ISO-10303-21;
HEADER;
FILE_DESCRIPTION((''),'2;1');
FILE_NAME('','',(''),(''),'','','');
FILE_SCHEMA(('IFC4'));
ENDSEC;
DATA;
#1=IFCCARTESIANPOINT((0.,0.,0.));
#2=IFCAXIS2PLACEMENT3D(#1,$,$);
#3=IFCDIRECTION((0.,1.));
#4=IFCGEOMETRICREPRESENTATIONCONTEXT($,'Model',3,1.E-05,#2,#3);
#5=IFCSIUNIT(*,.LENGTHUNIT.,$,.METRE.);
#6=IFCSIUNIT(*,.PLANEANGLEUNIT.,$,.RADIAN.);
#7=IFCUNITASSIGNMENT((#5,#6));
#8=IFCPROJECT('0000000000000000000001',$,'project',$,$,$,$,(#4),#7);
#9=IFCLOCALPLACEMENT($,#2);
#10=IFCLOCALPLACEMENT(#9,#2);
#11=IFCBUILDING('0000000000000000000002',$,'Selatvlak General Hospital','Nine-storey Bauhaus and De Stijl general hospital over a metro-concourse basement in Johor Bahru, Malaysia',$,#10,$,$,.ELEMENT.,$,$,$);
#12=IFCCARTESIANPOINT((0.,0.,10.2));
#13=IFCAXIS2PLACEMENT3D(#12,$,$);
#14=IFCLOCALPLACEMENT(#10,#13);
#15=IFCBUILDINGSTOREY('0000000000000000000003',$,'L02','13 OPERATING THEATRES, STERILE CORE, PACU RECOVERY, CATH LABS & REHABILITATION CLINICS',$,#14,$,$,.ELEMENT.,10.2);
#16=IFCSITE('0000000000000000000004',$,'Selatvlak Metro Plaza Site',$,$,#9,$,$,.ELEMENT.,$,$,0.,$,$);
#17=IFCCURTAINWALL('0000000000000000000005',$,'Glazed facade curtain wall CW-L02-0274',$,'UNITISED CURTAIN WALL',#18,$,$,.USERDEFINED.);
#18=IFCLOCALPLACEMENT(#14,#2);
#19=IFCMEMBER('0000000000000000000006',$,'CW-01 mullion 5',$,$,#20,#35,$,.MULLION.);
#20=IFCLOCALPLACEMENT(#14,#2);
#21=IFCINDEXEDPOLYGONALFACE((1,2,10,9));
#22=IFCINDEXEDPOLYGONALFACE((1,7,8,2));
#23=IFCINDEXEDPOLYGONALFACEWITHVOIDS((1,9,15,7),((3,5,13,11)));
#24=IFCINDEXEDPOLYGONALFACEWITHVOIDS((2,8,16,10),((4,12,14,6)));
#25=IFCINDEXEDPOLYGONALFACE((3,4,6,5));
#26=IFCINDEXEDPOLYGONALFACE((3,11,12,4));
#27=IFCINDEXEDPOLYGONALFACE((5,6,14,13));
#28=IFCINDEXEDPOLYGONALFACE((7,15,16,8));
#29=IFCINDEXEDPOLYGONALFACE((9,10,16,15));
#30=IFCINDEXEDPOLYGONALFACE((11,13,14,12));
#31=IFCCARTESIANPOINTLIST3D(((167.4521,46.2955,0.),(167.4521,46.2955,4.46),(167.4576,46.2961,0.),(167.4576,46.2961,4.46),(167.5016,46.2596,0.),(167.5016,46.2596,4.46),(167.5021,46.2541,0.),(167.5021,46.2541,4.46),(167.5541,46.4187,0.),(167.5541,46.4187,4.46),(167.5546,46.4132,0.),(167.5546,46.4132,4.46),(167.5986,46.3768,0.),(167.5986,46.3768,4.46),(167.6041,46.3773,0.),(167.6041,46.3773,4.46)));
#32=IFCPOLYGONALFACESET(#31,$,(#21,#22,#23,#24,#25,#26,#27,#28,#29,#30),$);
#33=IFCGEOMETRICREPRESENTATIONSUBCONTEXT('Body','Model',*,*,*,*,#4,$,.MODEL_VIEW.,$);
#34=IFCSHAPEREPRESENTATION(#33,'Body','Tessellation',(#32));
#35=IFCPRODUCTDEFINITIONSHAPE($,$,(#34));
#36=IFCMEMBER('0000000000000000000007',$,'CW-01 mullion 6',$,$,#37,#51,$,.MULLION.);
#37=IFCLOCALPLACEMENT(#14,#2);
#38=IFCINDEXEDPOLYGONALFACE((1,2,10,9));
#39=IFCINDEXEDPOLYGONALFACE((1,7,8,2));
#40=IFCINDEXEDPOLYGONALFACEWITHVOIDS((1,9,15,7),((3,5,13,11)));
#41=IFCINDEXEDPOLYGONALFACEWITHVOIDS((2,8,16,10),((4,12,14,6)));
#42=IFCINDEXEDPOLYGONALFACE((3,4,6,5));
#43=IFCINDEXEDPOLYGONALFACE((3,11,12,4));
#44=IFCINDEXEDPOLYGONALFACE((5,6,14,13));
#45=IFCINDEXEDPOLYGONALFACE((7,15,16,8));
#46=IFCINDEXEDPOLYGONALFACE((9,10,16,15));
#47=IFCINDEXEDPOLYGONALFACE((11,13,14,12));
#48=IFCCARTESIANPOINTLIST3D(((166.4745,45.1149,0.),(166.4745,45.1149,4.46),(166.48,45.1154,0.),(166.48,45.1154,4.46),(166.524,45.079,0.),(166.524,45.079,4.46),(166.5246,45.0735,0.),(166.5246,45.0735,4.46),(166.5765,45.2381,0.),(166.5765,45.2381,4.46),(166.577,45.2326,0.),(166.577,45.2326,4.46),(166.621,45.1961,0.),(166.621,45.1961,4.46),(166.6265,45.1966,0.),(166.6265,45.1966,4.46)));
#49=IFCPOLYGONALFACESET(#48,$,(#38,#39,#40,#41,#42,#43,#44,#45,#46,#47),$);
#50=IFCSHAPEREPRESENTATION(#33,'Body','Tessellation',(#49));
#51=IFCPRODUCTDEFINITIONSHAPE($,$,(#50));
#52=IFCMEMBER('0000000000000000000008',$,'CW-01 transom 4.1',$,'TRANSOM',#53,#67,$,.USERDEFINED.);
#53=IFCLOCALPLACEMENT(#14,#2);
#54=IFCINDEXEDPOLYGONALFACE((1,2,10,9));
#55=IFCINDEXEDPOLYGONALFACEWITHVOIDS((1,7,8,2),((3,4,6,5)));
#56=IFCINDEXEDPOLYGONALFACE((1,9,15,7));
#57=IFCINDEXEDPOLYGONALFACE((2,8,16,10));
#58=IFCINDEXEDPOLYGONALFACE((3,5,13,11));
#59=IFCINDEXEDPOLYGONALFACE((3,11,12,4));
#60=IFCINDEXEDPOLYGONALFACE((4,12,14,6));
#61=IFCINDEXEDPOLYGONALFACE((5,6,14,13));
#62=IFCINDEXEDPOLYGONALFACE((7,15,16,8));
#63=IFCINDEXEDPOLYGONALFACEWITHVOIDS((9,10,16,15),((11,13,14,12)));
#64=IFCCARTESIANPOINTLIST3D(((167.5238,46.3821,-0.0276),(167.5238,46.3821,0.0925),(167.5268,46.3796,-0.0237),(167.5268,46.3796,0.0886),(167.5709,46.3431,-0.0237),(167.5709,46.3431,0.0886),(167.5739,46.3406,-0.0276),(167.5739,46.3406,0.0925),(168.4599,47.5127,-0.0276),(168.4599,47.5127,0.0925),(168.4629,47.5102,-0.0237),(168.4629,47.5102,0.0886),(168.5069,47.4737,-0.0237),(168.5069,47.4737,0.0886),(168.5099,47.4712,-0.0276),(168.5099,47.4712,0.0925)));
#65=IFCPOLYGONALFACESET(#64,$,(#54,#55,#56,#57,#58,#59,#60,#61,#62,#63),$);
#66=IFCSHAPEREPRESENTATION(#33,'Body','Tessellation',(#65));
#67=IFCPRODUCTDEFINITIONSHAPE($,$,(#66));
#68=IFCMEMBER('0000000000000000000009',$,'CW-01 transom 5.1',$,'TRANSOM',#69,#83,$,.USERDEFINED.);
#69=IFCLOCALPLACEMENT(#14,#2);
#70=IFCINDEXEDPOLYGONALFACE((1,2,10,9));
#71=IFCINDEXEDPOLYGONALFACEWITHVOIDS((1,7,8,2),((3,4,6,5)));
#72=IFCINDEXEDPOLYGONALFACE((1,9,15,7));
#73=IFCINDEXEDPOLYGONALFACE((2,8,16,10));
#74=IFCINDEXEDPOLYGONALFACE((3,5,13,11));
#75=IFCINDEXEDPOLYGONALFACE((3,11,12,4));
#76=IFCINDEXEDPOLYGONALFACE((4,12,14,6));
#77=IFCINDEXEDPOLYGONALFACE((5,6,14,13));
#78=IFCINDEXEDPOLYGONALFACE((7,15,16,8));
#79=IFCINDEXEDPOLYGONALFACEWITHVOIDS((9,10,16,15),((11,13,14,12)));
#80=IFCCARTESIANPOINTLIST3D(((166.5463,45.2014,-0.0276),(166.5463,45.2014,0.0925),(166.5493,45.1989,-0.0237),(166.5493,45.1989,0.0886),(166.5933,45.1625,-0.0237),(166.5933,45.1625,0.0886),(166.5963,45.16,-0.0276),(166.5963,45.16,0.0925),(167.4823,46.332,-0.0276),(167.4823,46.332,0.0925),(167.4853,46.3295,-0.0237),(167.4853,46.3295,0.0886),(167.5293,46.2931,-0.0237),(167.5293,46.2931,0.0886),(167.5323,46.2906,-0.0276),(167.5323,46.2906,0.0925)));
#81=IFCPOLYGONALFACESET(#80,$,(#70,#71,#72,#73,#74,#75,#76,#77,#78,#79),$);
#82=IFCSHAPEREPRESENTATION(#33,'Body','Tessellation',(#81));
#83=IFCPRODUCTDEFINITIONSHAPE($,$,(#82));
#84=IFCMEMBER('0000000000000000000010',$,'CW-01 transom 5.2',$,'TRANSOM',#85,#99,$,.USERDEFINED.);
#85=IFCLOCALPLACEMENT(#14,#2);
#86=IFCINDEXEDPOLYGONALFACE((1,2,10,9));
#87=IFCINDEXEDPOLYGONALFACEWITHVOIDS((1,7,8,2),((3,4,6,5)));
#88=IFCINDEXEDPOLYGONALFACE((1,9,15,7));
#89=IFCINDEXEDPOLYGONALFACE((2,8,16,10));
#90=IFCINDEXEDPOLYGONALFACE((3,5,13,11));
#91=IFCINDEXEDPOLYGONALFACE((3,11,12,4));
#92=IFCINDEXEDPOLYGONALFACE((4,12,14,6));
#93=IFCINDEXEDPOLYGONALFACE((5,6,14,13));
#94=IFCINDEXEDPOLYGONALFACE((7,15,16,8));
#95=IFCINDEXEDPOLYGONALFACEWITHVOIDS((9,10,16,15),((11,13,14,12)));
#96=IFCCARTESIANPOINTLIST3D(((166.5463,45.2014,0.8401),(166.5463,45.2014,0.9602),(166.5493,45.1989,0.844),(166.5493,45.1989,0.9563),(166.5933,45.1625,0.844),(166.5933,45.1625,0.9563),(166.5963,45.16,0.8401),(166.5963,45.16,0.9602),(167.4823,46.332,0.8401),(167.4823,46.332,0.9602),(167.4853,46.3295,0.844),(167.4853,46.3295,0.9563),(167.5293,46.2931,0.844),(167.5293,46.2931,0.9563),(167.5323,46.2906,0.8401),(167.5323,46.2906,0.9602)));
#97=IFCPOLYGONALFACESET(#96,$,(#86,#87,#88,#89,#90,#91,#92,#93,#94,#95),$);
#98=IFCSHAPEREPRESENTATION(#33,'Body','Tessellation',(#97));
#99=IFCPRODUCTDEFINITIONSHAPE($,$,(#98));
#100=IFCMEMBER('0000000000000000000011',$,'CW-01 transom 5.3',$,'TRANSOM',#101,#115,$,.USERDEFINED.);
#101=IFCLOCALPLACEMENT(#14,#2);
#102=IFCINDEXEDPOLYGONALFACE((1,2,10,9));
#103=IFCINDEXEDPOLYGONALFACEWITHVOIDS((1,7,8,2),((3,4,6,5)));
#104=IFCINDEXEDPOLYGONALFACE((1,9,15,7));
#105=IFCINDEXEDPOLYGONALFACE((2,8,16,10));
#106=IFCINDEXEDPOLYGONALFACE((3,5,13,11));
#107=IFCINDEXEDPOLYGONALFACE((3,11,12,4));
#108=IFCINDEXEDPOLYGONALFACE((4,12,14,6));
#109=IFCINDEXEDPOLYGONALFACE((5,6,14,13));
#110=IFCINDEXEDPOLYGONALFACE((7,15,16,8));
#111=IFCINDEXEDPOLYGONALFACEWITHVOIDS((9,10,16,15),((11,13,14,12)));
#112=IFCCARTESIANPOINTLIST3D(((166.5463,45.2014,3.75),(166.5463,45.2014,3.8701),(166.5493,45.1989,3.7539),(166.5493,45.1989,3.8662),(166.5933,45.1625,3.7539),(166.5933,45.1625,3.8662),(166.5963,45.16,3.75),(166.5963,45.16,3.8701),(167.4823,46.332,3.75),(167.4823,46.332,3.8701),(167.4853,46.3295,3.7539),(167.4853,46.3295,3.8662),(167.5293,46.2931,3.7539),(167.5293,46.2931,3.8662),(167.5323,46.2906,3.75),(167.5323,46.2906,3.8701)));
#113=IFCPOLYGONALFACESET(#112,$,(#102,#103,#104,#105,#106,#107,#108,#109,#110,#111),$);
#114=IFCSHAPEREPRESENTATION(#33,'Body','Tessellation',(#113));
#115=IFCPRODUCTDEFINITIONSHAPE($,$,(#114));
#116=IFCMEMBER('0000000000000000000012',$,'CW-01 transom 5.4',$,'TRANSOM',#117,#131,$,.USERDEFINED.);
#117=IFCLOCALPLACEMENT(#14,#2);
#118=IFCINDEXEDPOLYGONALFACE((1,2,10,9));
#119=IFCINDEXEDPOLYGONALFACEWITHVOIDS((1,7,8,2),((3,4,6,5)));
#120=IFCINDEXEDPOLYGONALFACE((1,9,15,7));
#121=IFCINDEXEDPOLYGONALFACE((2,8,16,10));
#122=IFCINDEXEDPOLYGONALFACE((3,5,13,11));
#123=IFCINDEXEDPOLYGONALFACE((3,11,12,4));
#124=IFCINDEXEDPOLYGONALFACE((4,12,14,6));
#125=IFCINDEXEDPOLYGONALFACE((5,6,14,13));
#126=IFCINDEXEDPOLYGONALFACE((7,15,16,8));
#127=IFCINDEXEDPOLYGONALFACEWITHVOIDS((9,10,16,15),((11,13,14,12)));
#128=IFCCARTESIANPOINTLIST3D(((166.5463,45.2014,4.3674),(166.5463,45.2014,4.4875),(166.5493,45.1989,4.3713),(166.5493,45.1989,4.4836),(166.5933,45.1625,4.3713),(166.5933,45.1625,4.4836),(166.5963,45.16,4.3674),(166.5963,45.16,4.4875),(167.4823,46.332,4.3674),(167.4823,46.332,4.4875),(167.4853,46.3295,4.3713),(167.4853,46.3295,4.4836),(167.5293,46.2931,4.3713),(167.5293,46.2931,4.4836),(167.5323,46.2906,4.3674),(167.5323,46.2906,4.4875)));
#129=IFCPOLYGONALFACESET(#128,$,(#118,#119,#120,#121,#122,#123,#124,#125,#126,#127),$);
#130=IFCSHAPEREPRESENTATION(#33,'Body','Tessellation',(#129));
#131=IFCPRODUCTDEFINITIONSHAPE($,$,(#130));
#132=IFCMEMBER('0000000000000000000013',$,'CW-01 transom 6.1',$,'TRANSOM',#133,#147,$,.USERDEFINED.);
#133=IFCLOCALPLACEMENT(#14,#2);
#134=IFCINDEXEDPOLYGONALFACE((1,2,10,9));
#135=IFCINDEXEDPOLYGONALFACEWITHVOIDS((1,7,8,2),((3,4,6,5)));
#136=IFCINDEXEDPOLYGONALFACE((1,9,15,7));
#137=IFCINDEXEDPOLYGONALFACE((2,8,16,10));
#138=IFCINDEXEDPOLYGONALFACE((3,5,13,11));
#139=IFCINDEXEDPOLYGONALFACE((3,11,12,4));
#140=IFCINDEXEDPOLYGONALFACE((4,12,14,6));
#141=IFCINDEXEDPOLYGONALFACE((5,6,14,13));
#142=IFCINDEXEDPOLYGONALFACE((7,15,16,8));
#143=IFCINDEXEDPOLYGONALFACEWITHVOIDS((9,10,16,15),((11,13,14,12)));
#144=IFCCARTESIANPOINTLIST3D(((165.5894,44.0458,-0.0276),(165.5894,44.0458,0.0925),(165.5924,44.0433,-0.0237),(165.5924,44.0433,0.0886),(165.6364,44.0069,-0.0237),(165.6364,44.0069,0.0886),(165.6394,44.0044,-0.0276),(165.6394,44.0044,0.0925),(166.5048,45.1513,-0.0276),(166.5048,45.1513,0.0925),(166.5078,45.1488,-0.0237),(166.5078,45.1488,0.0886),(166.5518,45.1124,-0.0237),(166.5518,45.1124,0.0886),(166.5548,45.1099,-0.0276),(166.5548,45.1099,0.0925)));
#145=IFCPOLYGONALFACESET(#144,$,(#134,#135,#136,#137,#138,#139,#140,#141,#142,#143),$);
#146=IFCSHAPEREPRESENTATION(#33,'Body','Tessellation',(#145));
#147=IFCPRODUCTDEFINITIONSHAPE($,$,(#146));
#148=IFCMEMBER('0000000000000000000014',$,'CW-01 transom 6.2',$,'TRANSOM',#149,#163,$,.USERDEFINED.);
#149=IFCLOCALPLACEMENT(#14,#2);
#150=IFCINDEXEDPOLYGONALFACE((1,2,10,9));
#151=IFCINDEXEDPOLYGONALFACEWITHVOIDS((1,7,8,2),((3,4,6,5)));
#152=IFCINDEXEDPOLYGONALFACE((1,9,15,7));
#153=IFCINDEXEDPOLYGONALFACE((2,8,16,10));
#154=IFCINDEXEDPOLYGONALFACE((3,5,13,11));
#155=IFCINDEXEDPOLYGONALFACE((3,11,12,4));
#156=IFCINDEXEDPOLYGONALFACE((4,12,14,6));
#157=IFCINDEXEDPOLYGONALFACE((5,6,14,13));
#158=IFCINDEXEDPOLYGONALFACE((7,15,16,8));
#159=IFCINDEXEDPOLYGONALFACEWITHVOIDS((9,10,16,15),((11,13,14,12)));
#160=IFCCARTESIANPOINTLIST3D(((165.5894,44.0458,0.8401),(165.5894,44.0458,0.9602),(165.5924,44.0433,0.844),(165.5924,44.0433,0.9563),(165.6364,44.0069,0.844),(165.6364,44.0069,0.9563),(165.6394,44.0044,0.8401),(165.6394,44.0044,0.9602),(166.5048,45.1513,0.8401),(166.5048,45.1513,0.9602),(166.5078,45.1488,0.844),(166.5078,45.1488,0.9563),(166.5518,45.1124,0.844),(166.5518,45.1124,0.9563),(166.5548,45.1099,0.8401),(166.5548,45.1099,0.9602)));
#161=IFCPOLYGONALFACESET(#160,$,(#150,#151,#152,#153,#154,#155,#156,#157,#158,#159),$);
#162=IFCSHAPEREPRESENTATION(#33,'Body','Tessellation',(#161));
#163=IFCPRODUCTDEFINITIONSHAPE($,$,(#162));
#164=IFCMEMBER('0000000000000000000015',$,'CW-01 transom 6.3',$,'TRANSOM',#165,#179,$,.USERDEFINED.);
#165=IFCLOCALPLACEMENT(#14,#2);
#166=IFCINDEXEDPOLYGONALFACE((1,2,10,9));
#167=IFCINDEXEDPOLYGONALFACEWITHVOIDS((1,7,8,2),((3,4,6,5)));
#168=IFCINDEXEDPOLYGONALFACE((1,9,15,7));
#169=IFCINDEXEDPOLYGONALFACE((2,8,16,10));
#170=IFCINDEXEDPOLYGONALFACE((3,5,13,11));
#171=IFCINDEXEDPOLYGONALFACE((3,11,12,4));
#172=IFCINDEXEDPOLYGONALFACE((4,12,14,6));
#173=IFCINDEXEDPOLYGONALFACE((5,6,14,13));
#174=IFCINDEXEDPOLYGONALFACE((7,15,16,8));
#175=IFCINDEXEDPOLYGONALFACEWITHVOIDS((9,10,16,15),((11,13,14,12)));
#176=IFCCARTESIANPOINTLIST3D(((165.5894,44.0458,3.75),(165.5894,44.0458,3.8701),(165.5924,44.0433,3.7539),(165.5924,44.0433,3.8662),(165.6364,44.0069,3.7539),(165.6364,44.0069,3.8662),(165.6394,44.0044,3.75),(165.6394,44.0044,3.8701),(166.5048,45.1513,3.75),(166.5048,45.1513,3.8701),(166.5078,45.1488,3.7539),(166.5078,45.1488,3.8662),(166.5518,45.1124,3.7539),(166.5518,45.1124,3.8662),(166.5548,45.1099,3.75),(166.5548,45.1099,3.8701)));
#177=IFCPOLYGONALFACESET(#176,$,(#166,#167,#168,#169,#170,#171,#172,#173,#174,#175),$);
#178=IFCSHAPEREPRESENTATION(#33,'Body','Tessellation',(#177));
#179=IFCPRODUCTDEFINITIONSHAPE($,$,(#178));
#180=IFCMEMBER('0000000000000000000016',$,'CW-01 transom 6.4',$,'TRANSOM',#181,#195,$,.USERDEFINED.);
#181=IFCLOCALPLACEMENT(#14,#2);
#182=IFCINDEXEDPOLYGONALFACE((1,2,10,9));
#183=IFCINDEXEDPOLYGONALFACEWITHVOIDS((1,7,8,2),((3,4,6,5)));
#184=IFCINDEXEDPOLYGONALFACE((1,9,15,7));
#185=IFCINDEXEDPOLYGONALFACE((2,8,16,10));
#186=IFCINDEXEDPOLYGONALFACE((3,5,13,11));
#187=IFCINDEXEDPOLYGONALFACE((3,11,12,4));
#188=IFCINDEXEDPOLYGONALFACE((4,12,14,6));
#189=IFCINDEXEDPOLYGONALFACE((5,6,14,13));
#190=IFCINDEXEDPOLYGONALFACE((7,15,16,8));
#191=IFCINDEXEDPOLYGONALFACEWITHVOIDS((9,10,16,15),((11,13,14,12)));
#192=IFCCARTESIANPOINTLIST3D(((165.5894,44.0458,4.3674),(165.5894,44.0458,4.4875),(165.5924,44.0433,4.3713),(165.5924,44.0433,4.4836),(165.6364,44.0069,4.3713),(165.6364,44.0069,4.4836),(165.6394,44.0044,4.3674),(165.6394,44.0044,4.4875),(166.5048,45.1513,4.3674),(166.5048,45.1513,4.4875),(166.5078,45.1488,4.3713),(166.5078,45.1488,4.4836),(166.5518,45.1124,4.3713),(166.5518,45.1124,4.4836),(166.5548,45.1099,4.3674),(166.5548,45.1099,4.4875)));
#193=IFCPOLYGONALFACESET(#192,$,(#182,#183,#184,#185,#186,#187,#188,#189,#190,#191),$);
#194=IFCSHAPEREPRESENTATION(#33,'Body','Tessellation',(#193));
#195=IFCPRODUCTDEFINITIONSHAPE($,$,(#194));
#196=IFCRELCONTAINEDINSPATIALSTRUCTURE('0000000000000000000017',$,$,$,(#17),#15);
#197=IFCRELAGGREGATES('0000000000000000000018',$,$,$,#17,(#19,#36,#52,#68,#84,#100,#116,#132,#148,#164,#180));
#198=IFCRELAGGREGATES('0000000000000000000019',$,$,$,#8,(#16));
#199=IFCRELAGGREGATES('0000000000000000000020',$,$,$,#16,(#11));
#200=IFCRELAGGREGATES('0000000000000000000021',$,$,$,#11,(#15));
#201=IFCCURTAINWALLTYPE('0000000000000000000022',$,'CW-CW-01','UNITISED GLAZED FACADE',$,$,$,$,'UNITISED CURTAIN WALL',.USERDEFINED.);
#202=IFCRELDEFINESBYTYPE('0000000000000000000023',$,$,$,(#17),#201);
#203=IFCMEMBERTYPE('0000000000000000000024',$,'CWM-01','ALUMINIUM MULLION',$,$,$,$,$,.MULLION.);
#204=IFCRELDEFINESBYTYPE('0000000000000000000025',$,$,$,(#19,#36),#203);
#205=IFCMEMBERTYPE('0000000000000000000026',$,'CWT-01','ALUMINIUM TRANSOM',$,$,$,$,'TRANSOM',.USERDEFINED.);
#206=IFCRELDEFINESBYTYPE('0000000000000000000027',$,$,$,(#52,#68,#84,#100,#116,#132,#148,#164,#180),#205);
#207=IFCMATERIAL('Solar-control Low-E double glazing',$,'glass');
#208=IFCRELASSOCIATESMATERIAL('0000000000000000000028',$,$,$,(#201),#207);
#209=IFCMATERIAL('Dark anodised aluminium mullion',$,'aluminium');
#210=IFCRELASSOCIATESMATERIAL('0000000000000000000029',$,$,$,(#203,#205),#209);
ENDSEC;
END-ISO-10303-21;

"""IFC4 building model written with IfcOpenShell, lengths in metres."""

from ifc_helpers import new_model, si_unit, direction, frame, origin, origin_2d, place, context, subcontext, project, spatial, hollow_rectangle, extrude, material, material_profile, profile_set, type_object, element, aggregate, save


model = new_model("IFC4")

# Units and contexts
model_context = context("Model", 3, precision=1e-05, world=origin(), true_north=direction((0.0, 1.0)))
body_context = subcontext(model_context, "Body", "Model", "MODEL_VIEW")
ifc_project = project(units=[si_unit("LENGTHUNIT", "METRE"), si_unit("PLANEANGLEUNIT", "RADIAN")], contexts=[model_context])

# Site, building, storey
site_placement = place(None, origin())
site = spatial("IfcSite", under=ifc_project, at=site_placement, Name="Selatvlak Metro Plaza Site", CompositionType="ELEMENT", RefElevation=0.0)
building_placement = place(site_placement, origin())
building = spatial("IfcBuilding", under=site, at=building_placement, Name="Selatvlak General Hospital", Description="Nine-storey Bauhaus and De Stijl general hospital over a metro-concourse basement in Johor Bahru, Malaysia", CompositionType="ELEMENT")
storey_placement = place(building_placement, frame((0.0, 0.0, 10.2)))
storey = spatial("IfcBuildingStorey", under=building, at=storey_placement, Name="L02", Description="13 OPERATING THEATRES, STERILE CORE, PACU RECOVERY, CATH LABS & REHABILITATION CLINICS", CompositionType="ELEMENT", Elevation=10.2)

# Curtain wall, members
ifc_material_1 = material(Name="Solar-control Low-E double glazing", Category="glass")
curtain_wall_type = type_object("IfcCurtainWallType", Name="CW-CW-01", Description="UNITISED GLAZED FACADE", ElementType="UNITISED CURTAIN WALL", PredefinedType="USERDEFINED", material=ifc_material_1)
curtain_wall_placement = place(storey_placement, origin())
curtain_wall = element("IfcCurtainWall", 1, at=curtain_wall_placement, inside=storey, type_object=curtain_wall_type, Name="Glazed facade curtain wall CW-L02-0274", ObjectType="UNITISED CURTAIN WALL", PredefinedType="USERDEFINED")
ifc_material_2 = material(Name="Dark anodised aluminium mullion", Category="aluminium")
ifc_material_profile_1 = material_profile(ifc_material_2, hollow_rectangle(XDim=0.0649, YDim=0.1599, WallThickness=0.0039, at=origin_2d()), Name="AL-MUL 65x160x4")
ifc_profile_set_1 = profile_set([ifc_material_profile_1], Name="Dark anodised aluminium mullion")
member_type_1 = type_object("IfcMemberType", Name="CWM-01", Description="ALUMINIUM MULLION", PredefinedType="MULLION", material=ifc_profile_set_1)
member_1_placement = place(storey_placement, frame((167.5281, 46.3364, 0.0), z_axis=(0.0, 0.0, 1.0), x_axis=(0.770267, -0.637721, 0.0)))
member_1 = element("IfcMember", 2, at=member_1_placement, type_object=member_type_1, Name="CW-01 mullion 5", PredefinedType="MULLION", context=body_context, shape_type="SweptSolid", body=[
    extrude(hollow_rectangle(XDim=0.0649, YDim=0.1599, WallThickness=0.0039, at=origin_2d()), origin(), (0.0, 0.0, 1.0), 4.46),
])
member_2_placement = place(storey_placement, frame((166.5505, 45.1558, 0.0), z_axis=(0.0, 0.0, 1.0), x_axis=(0.770267, -0.637721, 0.0)))
member_2 = element("IfcMember", 3, at=member_2_placement, type_object=member_type_1, Name="CW-01 mullion 6", PredefinedType="MULLION", context=body_context, shape_type="SweptSolid", body=[
    extrude(hollow_rectangle(XDim=0.0649, YDim=0.1599, WallThickness=0.0039, at=origin_2d()), origin(), (0.0, 0.0, 1.0), 4.46),
])
ifc_material_profile_2 = material_profile(ifc_material_2, hollow_rectangle(XDim=0.0649, YDim=0.1201, WallThickness=0.0039, at=origin_2d()), Name="AL-TRN 65x120x4")
ifc_profile_set_2 = profile_set([ifc_material_profile_2], Name="Dark anodised aluminium mullion")
member_type_2 = type_object("IfcMemberType", Name="CWT-01", Description="ALUMINIUM TRANSOM", ElementType="TRANSOM", PredefinedType="USERDEFINED", material=ifc_profile_set_2)
member_3_placement = place(storey_placement, frame((168.4849, 47.4919, 0.0325), z_axis=(-0.637711, -0.770276, 0.0), x_axis=(0.770276, -0.637711, 0.0)))
member_3 = element("IfcMember", 4, at=member_3_placement, type_object=member_type_2, Name="CW-01 transom 4.1", ObjectType="TRANSOM", PredefinedType="USERDEFINED", context=body_context, shape_type="SweptSolid", body=[
    extrude(hollow_rectangle(XDim=0.0649, YDim=0.1201, WallThickness=0.0039, at=origin_2d()), origin(), (0.0, 0.0, 1.0), 1.4678),
])
member_4_placement = place(storey_placement, frame((167.5073, 46.3113, 0.0325), z_axis=(-0.637711, -0.770276, 0.0), x_axis=(0.770276, -0.637711, 0.0)))
member_4 = element("IfcMember", 5, at=member_4_placement, type_object=member_type_2, Name="CW-01 transom 5.1", ObjectType="TRANSOM", PredefinedType="USERDEFINED", context=body_context, shape_type="SweptSolid", body=[
    extrude(hollow_rectangle(XDim=0.0649, YDim=0.1201, WallThickness=0.0039, at=origin_2d()), origin(), (0.0, 0.0, 1.0), 1.4678),
])
member_5_placement = place(storey_placement, frame((167.5073, 46.3113, 0.9001), z_axis=(-0.637711, -0.770276, 0.0), x_axis=(0.770276, -0.637711, 0.0)))
member_5 = element("IfcMember", 6, at=member_5_placement, type_object=member_type_2, Name="CW-01 transom 5.2", ObjectType="TRANSOM", PredefinedType="USERDEFINED", context=body_context, shape_type="SweptSolid", body=[
    extrude(hollow_rectangle(XDim=0.0649, YDim=0.1201, WallThickness=0.0039, at=origin_2d()), origin(), (0.0, 0.0, 1.0), 1.4678),
])
member_6_placement = place(storey_placement, frame((167.5073, 46.3113, 3.8101), z_axis=(-0.637711, -0.770276, 0.0), x_axis=(0.770276, -0.637711, 0.0)))
member_6 = element("IfcMember", 7, at=member_6_placement, type_object=member_type_2, Name="CW-01 transom 5.3", ObjectType="TRANSOM", PredefinedType="USERDEFINED", context=body_context, shape_type="SweptSolid", body=[
    extrude(hollow_rectangle(XDim=0.0649, YDim=0.1201, WallThickness=0.0039, at=origin_2d()), origin(), (0.0, 0.0, 1.0), 1.4678),
])
member_7_placement = place(storey_placement, frame((167.5073, 46.3113, 4.4275), z_axis=(-0.637711, -0.770276, 0.0), x_axis=(0.770276, -0.637711, 0.0)))
member_7 = element("IfcMember", 8, at=member_7_placement, type_object=member_type_2, Name="CW-01 transom 5.4", ObjectType="TRANSOM", PredefinedType="USERDEFINED", context=body_context, shape_type="SweptSolid", body=[
    extrude(hollow_rectangle(XDim=0.0649, YDim=0.1201, WallThickness=0.0039, at=origin_2d()), origin(), (0.0, 0.0, 1.0), 1.4678),
])
member_8_placement = place(storey_placement, frame((166.5298, 45.1306, 0.0325), z_axis=(-0.637738, -0.770253, 0.0), x_axis=(0.770253, -0.637738, 0.0)))
member_8 = element("IfcMember", 9, at=member_8_placement, type_object=member_type_2, Name="CW-01 transom 6.1", ObjectType="TRANSOM", PredefinedType="USERDEFINED", context=body_context, shape_type="SweptSolid", body=[
    extrude(hollow_rectangle(XDim=0.0649, YDim=0.1201, WallThickness=0.0039, at=origin_2d()), origin(), (0.0, 0.0, 1.0), 1.4353),
])
member_9_placement = place(storey_placement, frame((166.5298, 45.1306, 0.9001), z_axis=(-0.637738, -0.770253, 0.0), x_axis=(0.770253, -0.637738, 0.0)))
member_9 = element("IfcMember", 10, at=member_9_placement, type_object=member_type_2, Name="CW-01 transom 6.2", ObjectType="TRANSOM", PredefinedType="USERDEFINED", context=body_context, shape_type="SweptSolid", body=[
    extrude(hollow_rectangle(XDim=0.0649, YDim=0.1201, WallThickness=0.0039, at=origin_2d()), origin(), (0.0, 0.0, 1.0), 1.4353),
])
member_10_placement = place(storey_placement, frame((166.5298, 45.1306, 3.8101), z_axis=(-0.637738, -0.770253, 0.0), x_axis=(0.770253, -0.637738, 0.0)))
member_10 = element("IfcMember", 11, at=member_10_placement, type_object=member_type_2, Name="CW-01 transom 6.3", ObjectType="TRANSOM", PredefinedType="USERDEFINED", context=body_context, shape_type="SweptSolid", body=[
    extrude(hollow_rectangle(XDim=0.0649, YDim=0.1201, WallThickness=0.0039, at=origin_2d()), origin(), (0.0, 0.0, 1.0), 1.4353),
])
member_11_placement = place(storey_placement, frame((166.5298, 45.1306, 4.4275), z_axis=(-0.637738, -0.770253, 0.0), x_axis=(0.770253, -0.637738, 0.0)))
member_11 = element("IfcMember", 12, at=member_11_placement, type_object=member_type_2, Name="CW-01 transom 6.4", ObjectType="TRANSOM", PredefinedType="USERDEFINED", context=body_context, shape_type="SweptSolid", body=[
    extrude(hollow_rectangle(XDim=0.0649, YDim=0.1201, WallThickness=0.0039, at=origin_2d()), origin(), (0.0, 0.0, 1.0), 1.4353),
])
aggregate(curtain_wall, [member_1, member_2, member_3, member_4, member_5, member_6, member_7, member_8, member_9, member_10, member_11])

save(model, "model.ifc")
